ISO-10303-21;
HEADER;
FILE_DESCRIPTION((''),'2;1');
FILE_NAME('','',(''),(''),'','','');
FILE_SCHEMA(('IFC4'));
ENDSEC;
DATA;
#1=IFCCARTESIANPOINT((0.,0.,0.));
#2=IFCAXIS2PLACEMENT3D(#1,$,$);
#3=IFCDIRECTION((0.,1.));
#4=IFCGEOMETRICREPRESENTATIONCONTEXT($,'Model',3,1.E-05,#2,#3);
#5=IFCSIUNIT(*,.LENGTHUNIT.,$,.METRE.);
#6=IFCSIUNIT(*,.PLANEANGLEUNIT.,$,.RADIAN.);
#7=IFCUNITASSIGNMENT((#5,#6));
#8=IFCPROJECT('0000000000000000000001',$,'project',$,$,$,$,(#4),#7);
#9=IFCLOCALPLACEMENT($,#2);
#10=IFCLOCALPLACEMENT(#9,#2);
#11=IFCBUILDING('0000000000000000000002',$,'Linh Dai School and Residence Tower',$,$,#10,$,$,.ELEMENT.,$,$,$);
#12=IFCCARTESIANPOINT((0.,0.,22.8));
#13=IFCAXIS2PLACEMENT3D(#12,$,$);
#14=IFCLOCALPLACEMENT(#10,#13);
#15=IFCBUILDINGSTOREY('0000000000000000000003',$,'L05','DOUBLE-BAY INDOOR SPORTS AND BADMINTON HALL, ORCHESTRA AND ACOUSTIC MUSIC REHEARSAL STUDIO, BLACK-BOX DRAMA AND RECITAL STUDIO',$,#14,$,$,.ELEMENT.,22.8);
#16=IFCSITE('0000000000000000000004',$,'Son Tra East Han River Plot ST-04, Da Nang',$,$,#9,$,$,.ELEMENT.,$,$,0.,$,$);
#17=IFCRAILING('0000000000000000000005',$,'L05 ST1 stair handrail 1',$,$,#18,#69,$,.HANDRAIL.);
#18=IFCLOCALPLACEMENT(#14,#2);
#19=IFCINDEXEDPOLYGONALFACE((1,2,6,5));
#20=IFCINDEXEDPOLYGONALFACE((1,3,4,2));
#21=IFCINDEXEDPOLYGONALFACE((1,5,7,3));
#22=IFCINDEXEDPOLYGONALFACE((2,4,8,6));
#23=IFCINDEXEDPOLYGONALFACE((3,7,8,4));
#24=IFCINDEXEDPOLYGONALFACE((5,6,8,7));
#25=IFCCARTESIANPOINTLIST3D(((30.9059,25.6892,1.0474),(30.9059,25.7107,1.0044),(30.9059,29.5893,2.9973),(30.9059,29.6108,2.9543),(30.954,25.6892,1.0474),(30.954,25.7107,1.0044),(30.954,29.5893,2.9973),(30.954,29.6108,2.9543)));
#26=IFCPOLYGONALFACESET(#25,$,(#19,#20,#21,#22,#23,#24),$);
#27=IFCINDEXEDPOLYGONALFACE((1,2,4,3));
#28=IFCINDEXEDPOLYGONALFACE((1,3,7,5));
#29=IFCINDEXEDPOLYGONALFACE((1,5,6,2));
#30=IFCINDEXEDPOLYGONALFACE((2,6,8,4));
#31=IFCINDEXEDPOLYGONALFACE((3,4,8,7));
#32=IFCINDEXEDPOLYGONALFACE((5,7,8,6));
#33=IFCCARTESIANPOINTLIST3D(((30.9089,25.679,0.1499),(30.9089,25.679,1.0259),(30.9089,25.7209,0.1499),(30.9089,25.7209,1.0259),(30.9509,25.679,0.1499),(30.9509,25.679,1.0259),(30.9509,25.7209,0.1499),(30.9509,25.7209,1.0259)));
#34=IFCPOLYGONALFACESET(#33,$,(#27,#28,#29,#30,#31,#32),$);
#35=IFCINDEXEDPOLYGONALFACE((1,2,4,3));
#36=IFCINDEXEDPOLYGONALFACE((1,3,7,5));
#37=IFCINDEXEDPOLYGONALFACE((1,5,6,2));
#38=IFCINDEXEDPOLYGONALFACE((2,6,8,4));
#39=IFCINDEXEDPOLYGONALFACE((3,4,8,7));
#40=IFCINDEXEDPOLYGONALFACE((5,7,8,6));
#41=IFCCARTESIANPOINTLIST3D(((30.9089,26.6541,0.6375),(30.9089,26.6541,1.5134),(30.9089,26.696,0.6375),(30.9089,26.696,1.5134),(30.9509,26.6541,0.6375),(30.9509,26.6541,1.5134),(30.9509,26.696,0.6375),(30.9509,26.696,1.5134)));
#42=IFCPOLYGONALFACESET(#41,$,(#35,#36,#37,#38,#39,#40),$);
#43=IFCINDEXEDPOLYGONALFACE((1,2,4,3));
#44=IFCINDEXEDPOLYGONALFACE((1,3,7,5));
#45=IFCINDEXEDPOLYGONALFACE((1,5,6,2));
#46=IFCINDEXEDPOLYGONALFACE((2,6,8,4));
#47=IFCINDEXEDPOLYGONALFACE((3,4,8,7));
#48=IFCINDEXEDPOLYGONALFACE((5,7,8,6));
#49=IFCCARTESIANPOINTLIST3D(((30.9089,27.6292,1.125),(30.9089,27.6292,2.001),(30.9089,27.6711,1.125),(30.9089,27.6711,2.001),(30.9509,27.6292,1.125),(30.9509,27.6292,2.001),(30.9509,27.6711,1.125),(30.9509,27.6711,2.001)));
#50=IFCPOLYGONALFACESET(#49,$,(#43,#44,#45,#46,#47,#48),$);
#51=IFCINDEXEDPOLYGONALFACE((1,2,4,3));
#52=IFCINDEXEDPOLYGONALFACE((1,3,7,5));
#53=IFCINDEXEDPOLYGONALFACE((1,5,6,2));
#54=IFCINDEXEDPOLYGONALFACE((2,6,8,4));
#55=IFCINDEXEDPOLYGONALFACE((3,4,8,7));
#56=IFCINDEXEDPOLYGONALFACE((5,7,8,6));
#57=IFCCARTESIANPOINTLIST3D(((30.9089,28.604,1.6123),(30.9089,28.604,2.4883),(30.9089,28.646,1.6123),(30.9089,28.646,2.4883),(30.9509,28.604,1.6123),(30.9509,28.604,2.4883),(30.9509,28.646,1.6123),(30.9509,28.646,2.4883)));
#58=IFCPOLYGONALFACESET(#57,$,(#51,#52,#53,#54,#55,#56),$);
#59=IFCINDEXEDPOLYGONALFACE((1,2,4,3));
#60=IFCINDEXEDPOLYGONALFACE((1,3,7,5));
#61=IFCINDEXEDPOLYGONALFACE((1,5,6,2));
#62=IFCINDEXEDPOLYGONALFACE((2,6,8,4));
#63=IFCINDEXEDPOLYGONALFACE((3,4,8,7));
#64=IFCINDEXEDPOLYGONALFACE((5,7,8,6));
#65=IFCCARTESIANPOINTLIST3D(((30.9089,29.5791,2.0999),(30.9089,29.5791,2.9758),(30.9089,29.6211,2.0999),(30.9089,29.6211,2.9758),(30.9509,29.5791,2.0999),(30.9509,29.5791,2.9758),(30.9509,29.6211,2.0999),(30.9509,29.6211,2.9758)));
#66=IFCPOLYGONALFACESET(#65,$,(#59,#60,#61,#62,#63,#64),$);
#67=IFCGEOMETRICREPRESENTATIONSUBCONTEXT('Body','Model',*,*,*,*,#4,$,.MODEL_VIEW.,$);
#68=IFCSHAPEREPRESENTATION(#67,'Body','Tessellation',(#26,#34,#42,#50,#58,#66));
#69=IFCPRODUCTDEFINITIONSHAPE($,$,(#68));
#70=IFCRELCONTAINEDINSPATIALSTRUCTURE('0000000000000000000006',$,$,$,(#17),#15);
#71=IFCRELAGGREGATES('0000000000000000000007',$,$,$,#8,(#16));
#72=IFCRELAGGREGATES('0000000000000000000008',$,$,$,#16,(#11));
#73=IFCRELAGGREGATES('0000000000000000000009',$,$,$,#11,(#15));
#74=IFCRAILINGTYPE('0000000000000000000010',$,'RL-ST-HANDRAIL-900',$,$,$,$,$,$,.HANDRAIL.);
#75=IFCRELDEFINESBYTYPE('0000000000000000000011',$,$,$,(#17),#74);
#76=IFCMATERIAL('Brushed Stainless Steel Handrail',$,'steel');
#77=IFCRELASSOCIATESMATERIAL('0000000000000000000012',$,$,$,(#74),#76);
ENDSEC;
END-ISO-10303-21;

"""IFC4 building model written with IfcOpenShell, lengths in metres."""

from ifc_helpers import new_model, si_unit, direction, frame, origin, origin_2d, place, context, subcontext, project, spatial, rectangle, extrude, source, transform, mapped, material, type_object, element, save


model = new_model("IFC4")

# Units and contexts
model_context = context("Model", 3, precision=1e-05, world=origin(), true_north=direction((0.0, 1.0)))
body_context = subcontext(model_context, "Body", "Model", "MODEL_VIEW")
ifc_project = project(units=[si_unit("LENGTHUNIT", "METRE"), si_unit("PLANEANGLEUNIT", "RADIAN")], contexts=[model_context])

# Site, building, storey
site_placement = place(None, origin())
site = spatial("IfcSite", under=ifc_project, at=site_placement, Name="Son Tra East Han River Plot ST-04, Da Nang", CompositionType="ELEMENT", RefElevation=0.0)
building_placement = place(site_placement, origin())
building = spatial("IfcBuilding", under=site, at=building_placement, Name="Linh Dai School and Residence Tower", CompositionType="ELEMENT")
storey_placement = place(building_placement, frame((0.0, 0.0, 22.8)))
storey = spatial("IfcBuildingStorey", under=building, at=storey_placement, Name="L05", Description="DOUBLE-BAY INDOOR SPORTS AND BADMINTON HALL, ORCHESTRA AND ACOUSTIC MUSIC REHEARSAL STUDIO, BLACK-BOX DRAMA AND RECITAL STUDIO", CompositionType="ELEMENT", Elevation=22.8)

# Railing
ifc_material_1 = material(Name="Brushed Stainless Steel Handrail", Category="steel")
railing_type_1 = type_object("IfcRailingType", Name="RL-ST-HANDRAIL-900", PredefinedType="HANDRAIL", material=ifc_material_1)
shared_shape_1 = source(origin(), body_context, "Body", "SweptSolid", [
    extrude(rectangle(XDim=0.0481, YDim=0.0481, at=origin_2d()), frame((0.0, 0.0, 0.876), z_axis=(0.0, 0.894438, 0.447191), x_axis=(-1.0, 0.0, 0.0)), (0.0, 0.0, 1.0), 4.3604),
    extrude(rectangle(XDim=0.042, YDim=0.042, at=origin_2d()), origin(), (0.0, 0.0, 1.0), 0.876),
    extrude(rectangle(XDim=0.042, YDim=0.042, at=origin_2d()), frame((0.0, 0.9751, 0.4875)), (0.0, 0.0, 1.0), 0.876),
    extrude(rectangle(XDim=0.042, YDim=0.042, at=origin_2d()), frame((0.0, 1.9502, 0.9751)), (0.0, 0.0, 1.0), 0.876),
    extrude(rectangle(XDim=0.042, YDim=0.042, at=origin_2d()), frame((0.0, 2.925, 1.4624)), (0.0, 0.0, 1.0), 0.876),
    extrude(rectangle(XDim=0.042, YDim=0.042, at=origin_2d()), frame((0.0, 3.9001, 1.95)), (0.0, 0.0, 1.0), 0.876),
])
railing_1_placement = place(storey_placement, frame((30.9299, 25.7, 0.1499)))
element("IfcRailing", 1, at=railing_1_placement, inside=storey, type_object=railing_type_1, Name="L05 ST1 stair handrail 1", PredefinedType="HANDRAIL", context=body_context, shape_type="MappedRepresentation", body=[
    mapped(shared_shape_1, transform((0.0, 0.0, 0.0), x_axis=(1.0, 0.0, 0.0), y_axis=(0.0, 1.0, 0.0), z_axis=(0.0, 0.0, 1.0), scale=1.0)),
])

save(model, "model.ifc")
